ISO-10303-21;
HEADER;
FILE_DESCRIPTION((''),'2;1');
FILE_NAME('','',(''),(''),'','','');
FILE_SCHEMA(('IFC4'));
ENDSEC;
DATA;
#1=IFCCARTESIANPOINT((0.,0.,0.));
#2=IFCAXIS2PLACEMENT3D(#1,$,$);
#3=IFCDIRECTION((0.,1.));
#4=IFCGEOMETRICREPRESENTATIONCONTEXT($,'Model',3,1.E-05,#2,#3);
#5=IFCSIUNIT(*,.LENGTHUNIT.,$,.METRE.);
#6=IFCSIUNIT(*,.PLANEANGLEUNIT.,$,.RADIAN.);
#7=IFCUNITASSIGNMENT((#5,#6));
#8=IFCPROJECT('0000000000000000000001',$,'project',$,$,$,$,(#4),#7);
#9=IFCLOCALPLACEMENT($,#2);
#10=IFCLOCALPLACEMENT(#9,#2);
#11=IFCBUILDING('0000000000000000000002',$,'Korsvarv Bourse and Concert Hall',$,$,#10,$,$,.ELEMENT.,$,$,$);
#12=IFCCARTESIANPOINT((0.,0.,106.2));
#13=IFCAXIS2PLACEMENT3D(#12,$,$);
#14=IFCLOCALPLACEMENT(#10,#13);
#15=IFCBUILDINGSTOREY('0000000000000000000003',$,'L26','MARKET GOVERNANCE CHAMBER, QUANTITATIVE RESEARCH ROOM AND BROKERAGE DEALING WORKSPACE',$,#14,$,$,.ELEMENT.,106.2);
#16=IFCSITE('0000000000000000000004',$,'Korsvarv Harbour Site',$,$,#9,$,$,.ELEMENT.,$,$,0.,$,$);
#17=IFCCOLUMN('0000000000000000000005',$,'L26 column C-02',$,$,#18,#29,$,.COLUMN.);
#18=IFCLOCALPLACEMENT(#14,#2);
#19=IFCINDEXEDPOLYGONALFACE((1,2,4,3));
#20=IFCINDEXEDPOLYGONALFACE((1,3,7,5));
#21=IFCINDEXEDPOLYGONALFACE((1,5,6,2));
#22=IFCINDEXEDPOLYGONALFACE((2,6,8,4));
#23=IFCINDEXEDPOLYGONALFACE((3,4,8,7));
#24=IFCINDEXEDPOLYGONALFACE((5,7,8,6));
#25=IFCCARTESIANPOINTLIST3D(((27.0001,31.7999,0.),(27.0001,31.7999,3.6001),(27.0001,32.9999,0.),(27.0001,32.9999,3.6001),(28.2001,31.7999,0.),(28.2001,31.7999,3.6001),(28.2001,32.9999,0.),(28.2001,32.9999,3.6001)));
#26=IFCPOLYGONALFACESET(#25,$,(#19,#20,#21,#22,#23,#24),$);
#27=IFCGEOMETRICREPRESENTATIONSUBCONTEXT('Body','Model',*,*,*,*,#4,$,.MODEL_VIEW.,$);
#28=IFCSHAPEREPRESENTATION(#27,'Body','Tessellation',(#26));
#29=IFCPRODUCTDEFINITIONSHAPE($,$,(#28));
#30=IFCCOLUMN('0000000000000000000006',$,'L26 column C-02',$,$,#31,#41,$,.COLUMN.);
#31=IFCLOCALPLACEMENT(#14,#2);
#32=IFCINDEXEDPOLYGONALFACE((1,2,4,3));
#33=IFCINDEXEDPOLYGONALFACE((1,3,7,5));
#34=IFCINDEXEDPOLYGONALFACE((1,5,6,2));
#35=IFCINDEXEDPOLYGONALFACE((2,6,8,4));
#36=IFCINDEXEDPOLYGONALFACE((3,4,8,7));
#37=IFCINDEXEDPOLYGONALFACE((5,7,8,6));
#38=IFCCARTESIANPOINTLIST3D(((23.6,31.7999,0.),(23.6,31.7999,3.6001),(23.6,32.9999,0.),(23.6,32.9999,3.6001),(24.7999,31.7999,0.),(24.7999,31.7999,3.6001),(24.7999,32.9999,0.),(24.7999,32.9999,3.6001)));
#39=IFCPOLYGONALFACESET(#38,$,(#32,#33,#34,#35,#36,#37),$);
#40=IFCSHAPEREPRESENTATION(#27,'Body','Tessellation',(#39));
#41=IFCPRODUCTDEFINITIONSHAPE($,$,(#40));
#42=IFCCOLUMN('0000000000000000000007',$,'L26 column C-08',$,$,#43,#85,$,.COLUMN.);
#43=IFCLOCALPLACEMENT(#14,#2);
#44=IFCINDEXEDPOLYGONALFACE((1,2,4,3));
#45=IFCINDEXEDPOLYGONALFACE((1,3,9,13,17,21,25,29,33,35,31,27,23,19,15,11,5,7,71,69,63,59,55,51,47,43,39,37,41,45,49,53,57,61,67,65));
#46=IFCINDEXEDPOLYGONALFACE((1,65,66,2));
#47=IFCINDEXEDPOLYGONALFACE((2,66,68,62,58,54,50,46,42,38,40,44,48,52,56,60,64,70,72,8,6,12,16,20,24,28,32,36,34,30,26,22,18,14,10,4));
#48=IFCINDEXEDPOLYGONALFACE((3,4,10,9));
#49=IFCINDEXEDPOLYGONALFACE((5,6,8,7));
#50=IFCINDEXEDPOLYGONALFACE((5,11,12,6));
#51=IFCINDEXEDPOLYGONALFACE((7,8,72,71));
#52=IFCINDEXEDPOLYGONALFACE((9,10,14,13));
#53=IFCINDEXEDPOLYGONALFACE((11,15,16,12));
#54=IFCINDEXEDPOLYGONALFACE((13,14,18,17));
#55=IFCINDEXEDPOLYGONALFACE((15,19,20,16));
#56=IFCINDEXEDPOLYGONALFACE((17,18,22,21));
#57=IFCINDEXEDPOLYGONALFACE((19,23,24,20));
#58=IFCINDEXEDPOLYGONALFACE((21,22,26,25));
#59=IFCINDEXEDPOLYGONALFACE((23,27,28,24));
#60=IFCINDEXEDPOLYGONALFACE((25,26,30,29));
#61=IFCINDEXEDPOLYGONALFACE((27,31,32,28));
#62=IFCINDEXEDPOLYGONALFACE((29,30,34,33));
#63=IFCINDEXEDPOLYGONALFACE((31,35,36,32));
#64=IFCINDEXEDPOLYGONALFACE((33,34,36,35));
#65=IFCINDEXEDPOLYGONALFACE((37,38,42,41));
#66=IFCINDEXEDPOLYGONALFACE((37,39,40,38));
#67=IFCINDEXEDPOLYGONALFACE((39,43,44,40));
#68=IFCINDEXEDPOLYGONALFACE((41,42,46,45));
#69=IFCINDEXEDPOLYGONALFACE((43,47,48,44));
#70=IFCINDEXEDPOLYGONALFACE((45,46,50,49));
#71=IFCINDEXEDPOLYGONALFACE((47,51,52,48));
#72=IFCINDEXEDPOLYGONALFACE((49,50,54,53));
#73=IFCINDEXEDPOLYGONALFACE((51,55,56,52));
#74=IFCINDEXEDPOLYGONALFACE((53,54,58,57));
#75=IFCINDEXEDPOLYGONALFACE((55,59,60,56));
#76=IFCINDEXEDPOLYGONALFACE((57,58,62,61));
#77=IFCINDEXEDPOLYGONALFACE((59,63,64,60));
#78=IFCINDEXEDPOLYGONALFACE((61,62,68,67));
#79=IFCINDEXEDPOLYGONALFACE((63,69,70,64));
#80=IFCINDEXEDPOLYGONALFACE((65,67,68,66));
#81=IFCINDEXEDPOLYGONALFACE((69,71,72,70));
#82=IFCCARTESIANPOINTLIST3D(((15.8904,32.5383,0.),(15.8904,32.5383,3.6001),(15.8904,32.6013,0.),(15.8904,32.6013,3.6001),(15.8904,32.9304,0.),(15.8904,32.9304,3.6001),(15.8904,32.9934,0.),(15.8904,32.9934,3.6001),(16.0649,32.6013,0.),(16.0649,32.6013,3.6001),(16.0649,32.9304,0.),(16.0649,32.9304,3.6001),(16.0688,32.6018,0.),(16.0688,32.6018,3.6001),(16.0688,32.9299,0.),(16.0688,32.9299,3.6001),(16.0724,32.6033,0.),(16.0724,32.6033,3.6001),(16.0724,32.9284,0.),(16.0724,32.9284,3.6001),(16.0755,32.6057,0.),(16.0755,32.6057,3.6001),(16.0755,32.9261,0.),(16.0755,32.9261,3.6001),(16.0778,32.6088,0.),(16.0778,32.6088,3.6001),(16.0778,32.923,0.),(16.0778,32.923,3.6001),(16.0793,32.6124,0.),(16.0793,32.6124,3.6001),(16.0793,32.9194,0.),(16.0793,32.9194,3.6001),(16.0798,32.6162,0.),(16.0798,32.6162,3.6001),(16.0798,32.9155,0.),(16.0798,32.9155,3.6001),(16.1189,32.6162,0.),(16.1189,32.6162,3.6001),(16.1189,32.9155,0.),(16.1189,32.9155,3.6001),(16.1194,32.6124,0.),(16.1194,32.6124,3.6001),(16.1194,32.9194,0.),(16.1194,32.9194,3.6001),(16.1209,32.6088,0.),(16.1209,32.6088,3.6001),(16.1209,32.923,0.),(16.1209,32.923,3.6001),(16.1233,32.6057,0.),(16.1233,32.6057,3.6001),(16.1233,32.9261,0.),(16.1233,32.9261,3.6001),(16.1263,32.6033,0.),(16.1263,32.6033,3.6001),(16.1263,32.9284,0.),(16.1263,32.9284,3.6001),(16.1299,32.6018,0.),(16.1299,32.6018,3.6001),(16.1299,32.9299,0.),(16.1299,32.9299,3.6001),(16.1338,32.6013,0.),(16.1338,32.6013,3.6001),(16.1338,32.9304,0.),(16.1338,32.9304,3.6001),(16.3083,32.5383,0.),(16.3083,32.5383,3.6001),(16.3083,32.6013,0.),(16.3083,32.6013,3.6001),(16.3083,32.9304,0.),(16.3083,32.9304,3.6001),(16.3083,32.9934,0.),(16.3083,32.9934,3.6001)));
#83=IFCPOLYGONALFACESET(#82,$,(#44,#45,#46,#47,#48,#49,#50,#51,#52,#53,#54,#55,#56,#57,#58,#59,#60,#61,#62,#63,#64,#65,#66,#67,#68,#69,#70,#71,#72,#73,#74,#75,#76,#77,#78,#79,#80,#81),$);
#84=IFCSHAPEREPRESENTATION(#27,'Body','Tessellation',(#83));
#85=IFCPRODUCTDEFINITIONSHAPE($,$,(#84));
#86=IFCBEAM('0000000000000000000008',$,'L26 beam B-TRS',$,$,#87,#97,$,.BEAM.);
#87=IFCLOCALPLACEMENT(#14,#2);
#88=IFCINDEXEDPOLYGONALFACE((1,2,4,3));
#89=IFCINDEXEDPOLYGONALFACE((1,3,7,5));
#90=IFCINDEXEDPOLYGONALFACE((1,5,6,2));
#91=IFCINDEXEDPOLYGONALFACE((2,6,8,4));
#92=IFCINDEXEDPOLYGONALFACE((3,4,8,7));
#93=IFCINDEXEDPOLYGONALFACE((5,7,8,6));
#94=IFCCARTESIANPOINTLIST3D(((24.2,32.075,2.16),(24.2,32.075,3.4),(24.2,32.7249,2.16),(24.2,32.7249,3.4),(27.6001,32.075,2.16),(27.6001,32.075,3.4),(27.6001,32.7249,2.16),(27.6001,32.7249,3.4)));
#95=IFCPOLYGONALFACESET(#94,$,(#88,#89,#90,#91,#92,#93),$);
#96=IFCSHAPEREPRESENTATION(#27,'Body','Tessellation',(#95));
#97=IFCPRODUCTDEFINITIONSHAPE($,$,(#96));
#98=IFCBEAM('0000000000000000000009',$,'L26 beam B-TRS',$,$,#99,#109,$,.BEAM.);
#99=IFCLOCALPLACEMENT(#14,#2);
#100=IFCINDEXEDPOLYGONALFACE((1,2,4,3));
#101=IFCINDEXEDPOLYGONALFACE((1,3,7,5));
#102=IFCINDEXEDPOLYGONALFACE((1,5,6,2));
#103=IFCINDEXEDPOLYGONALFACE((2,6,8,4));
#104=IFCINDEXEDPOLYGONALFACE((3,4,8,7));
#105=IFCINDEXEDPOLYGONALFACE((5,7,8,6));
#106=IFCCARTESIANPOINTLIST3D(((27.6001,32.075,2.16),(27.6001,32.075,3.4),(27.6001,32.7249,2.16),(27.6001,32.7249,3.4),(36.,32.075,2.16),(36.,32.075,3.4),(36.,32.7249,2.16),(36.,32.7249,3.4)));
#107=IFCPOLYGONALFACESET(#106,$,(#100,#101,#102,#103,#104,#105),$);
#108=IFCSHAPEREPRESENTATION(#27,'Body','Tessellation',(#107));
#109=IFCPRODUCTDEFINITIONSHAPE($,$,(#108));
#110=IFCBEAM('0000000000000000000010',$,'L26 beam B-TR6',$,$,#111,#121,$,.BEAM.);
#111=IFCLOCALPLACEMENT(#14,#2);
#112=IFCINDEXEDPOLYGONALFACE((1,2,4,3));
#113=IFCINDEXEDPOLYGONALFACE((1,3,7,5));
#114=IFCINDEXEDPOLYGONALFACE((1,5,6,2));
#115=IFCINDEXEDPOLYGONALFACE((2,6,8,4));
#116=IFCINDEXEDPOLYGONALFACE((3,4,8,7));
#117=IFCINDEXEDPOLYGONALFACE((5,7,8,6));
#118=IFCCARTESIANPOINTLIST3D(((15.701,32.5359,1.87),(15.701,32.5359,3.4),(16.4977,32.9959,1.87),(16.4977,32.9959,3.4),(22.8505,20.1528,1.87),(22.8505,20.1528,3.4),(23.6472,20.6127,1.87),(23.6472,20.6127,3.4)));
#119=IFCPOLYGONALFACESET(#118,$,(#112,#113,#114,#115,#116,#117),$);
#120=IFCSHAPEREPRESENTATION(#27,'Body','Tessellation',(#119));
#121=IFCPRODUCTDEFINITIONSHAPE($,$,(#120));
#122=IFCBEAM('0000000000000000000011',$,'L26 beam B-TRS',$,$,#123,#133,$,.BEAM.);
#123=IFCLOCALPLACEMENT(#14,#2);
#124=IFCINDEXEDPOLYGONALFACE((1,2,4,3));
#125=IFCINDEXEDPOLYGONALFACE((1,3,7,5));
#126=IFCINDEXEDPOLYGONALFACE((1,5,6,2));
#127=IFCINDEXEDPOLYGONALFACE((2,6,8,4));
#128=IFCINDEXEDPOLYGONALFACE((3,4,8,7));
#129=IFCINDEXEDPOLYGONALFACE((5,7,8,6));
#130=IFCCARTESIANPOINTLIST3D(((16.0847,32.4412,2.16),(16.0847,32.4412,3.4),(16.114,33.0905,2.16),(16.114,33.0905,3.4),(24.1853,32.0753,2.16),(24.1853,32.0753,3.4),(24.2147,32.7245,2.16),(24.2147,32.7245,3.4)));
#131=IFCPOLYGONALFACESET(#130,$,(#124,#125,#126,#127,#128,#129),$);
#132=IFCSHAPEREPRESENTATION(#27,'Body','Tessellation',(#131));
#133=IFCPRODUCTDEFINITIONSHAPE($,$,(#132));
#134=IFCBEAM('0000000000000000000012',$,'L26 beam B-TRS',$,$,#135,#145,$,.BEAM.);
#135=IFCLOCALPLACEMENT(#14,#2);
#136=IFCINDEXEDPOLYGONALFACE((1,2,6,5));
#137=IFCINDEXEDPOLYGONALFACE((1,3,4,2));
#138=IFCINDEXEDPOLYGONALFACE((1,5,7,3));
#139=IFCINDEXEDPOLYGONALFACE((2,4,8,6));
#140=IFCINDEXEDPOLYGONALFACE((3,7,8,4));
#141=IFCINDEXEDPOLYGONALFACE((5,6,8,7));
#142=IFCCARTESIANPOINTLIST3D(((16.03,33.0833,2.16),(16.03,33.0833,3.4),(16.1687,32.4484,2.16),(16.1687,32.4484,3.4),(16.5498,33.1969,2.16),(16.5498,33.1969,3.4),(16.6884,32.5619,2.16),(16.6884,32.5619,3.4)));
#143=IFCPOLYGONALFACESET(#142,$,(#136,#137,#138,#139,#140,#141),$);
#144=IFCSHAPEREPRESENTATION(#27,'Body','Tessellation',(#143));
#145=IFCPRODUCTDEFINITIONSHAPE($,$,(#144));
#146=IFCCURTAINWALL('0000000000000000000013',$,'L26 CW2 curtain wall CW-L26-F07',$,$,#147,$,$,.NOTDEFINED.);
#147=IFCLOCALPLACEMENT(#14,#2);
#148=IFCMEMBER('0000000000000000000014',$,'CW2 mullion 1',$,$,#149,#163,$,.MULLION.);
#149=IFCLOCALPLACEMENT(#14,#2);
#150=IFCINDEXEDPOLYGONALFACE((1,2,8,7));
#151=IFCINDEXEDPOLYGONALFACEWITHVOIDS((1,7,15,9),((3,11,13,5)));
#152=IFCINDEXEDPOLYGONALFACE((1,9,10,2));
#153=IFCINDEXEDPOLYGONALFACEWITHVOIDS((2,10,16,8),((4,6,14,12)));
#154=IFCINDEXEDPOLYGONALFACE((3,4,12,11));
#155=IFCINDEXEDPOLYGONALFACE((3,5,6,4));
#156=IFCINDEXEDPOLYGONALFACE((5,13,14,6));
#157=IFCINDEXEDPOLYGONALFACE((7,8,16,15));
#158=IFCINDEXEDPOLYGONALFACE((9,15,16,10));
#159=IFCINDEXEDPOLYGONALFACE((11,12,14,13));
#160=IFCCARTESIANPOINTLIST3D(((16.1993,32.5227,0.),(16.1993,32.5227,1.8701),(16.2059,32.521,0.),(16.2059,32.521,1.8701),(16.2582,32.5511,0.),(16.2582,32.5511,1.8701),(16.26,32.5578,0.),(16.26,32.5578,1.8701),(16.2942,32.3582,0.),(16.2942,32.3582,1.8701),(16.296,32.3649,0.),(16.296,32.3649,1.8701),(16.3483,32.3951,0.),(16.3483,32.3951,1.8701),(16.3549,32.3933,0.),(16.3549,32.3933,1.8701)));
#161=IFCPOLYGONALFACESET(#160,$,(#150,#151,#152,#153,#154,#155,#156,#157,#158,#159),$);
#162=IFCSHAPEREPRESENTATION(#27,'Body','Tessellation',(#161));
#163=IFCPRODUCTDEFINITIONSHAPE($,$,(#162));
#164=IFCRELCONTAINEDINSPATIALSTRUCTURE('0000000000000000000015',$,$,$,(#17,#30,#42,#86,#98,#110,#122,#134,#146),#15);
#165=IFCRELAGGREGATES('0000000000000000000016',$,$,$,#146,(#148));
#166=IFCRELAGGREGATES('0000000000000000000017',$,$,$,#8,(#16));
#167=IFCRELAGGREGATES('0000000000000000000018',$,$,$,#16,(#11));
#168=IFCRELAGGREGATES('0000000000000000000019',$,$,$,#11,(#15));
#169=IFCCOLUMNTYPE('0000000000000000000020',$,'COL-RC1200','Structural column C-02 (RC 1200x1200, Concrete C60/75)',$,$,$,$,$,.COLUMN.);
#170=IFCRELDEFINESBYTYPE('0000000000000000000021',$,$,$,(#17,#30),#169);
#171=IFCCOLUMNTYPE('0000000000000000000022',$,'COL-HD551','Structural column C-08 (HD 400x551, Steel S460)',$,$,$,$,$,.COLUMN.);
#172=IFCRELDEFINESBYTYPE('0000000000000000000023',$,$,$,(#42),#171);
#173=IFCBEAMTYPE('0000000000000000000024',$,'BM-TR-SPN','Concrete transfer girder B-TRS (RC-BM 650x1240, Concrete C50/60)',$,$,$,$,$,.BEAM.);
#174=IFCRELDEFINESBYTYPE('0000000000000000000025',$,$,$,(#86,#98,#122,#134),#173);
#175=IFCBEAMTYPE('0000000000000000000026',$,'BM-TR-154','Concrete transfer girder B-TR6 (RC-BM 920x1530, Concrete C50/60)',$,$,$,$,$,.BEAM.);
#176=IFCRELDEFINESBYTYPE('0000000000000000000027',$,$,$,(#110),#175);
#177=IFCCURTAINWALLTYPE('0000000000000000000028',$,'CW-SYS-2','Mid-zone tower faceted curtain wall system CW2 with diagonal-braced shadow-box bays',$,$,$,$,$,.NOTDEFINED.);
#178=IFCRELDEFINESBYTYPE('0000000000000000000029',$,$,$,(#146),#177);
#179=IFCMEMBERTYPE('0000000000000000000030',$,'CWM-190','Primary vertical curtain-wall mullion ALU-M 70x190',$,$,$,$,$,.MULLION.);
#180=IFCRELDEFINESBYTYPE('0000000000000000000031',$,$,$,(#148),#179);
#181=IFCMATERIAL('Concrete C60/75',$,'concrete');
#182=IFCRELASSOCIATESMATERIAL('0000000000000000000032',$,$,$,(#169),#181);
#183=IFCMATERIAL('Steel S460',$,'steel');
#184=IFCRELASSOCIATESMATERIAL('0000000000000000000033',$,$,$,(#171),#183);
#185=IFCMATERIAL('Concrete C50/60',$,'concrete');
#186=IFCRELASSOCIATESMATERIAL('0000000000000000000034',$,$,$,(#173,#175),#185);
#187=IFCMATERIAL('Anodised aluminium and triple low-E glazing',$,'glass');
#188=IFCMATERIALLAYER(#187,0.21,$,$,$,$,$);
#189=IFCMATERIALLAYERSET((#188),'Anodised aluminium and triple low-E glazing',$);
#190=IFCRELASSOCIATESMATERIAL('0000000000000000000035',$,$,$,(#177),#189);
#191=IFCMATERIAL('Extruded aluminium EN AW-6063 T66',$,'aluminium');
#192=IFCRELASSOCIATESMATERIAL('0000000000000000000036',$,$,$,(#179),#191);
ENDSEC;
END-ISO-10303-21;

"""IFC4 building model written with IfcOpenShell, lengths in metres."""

from ifc_helpers import new_model, si_unit, direction, frame, origin, origin_2d, place, context, subcontext, project, spatial, rectangle, hollow_rectangle, i_section, extrude, source, transform, mapped, material, layer, layer_set, material_profile, profile_set, type_object, element, aggregate, save


model = new_model("IFC4")

# Units and contexts
model_context = context("Model", 3, precision=1e-05, world=origin(), true_north=direction((0.0, 1.0)))
body_context = subcontext(model_context, "Body", "Model", "MODEL_VIEW")
ifc_project = project(units=[si_unit("LENGTHUNIT", "METRE"), si_unit("PLANEANGLEUNIT", "RADIAN")], contexts=[model_context])

# Site, building, storey
site_placement = place(None, origin())
site = spatial("IfcSite", under=ifc_project, at=site_placement, Name="Korsvarv Harbour Site", CompositionType="ELEMENT", RefElevation=0.0)
building_placement = place(site_placement, origin())
building = spatial("IfcBuilding", under=site, at=building_placement, Name="Korsvarv Bourse and Concert Hall", CompositionType="ELEMENT")
storey_placement = place(building_placement, frame((0.0, 0.0, 106.2)))
storey = spatial("IfcBuildingStorey", under=building, at=storey_placement, Name="L26", Description="MARKET GOVERNANCE CHAMBER, QUANTITATIVE RESEARCH ROOM AND BROKERAGE DEALING WORKSPACE", CompositionType="ELEMENT", Elevation=106.2)

# Columns
ifc_material_1 = material(Name="Concrete C60/75", Category="concrete")
ifc_material_profile_1 = material_profile(ifc_material_1, rectangle(XDim=1.2, YDim=1.2, at=origin_2d()), Name="RC 1200x1200")
ifc_profile_set_1 = profile_set([ifc_material_profile_1], Name="Concrete C60/75")
column_type_1 = type_object("IfcColumnType", Name="COL-RC1200", Description="Structural column C-02 (RC 1200x1200, Concrete C60/75)", PredefinedType="COLUMN", material=ifc_profile_set_1)
shared_shape_1 = source(origin(), body_context, "Body", "SweptSolid", [
    extrude(rectangle(XDim=1.2, YDim=1.2, at=origin_2d()), origin(), (0.0, 0.0, 1.0), 3.6001),
])
for number, where, z_axis, x_axis, name in (
    (1, (27.6001, 32.3999, 0.0), (0.0, 0.0, 1.0), (1.0, 0.0, 0.0), "L26 column C-02"),
    (2, (24.2, 32.3999, 0.0), (0.0, 0.0, 1.0), (1.0, 0.0, 0.0), "L26 column C-02"),
):
    element("IfcColumn", number, at=place(storey_placement, frame(where, z_axis=z_axis, x_axis=x_axis)), inside=storey, type_object=column_type_1, Name=name, PredefinedType="COLUMN", context=body_context, shape_type="MappedRepresentation", body=[
        mapped(shared_shape_1, transform((0.0, 0.0, 0.0), scale=1.0)),
    ])
ifc_material_2 = material(Name="Steel S460", Category="steel")
ifc_material_profile_2 = material_profile(ifc_material_2, i_section(OverallWidth=0.418, OverallDepth=0.4551, WebThickness=0.0391, FlangeThickness=0.063, FilletRadius=0.0149, at=origin_2d()), Name="HD 400x551")
ifc_profile_set_2 = profile_set([ifc_material_profile_2], Name="Steel S460")
column_type_2 = type_object("IfcColumnType", Name="COL-HD551", Description="Structural column C-08 (HD 400x551, Steel S460)", PredefinedType="COLUMN", material=ifc_profile_set_2)
shared_shape_2 = source(origin(), body_context, "Body", "SweptSolid", [
    extrude(i_section(OverallWidth=0.418, OverallDepth=0.4551, WebThickness=0.0391, FlangeThickness=0.063, FilletRadius=0.0149, at=origin_2d()), origin(), (0.0, 0.0, 1.0), 3.6001),
])
column_placement = place(storey_placement, frame((16.0994, 32.7659, 0.0), z_axis=(0.0, 0.0, 1.0), x_axis=(1.0, 0.0, 0.0)))
element("IfcColumn", 3, at=column_placement, inside=storey, type_object=column_type_2, Name="L26 column C-08", PredefinedType="COLUMN", context=body_context, shape_type="MappedRepresentation", body=[
    mapped(shared_shape_2, transform((0.0, 0.0, 0.0), scale=1.0)),
])

# Beams
ifc_material_3 = material(Name="Concrete C50/60", Category="concrete")
ifc_material_profile_3 = material_profile(ifc_material_3, rectangle(XDim=0.6499, YDim=1.24, at=origin_2d()), Name="RC-BM 650x1240")
ifc_profile_set_3 = profile_set([ifc_material_profile_3], Name="Concrete C50/60")
beam_type_1 = type_object("IfcBeamType", Name="BM-TR-SPN", Description="Concrete transfer girder B-TRS (RC-BM 650x1240, Concrete C50/60)", PredefinedType="BEAM", material=ifc_profile_set_3)
shared_shape_3 = source(origin(), body_context, "Body", "SweptSolid", [
    extrude(rectangle(XDim=0.6499, YDim=1.24, at=origin_2d()), origin(), (0.0, 0.0, 1.0), 3.4001),
])
beam_1_placement = place(storey_placement, frame((24.2, 32.3999, 2.78), z_axis=(1.0, 0.0, 0.0), x_axis=(0.0, 1.0, 0.0)))
element("IfcBeam", 4, at=beam_1_placement, inside=storey, type_object=beam_type_1, Name="L26 beam B-TRS", PredefinedType="BEAM", context=body_context, shape_type="MappedRepresentation", body=[
    mapped(shared_shape_3, transform((0.0, 0.0, 0.0), scale=1.0)),
])
shared_shape_4 = source(origin(), body_context, "Body", "SweptSolid", [
    extrude(rectangle(XDim=0.6499, YDim=1.24, at=origin_2d()), origin(), (0.0, 0.0, 1.0), 8.3999),
])
beam_2_placement = place(storey_placement, frame((27.6001, 32.3999, 2.78), z_axis=(1.0, 0.0, 0.0), x_axis=(0.0, 1.0, 0.0)))
element("IfcBeam", 5, at=beam_2_placement, inside=storey, type_object=beam_type_1, Name="L26 beam B-TRS", PredefinedType="BEAM", context=body_context, shape_type="MappedRepresentation", body=[
    mapped(shared_shape_4, transform((0.0, 0.0, 0.0), scale=1.0)),
])
ifc_material_profile_4 = material_profile(ifc_material_3, rectangle(XDim=0.9199, YDim=1.53, at=origin_2d()), Name="RC-BM 920x1530")
ifc_profile_set_4 = profile_set([ifc_material_profile_4], Name="Concrete C50/60")
beam_type_2 = type_object("IfcBeamType", Name="BM-TR-154", Description="Concrete transfer girder B-TR6 (RC-BM 920x1530, Concrete C50/60)", PredefinedType="BEAM", material=ifc_profile_set_4)
shared_shape_5 = source(origin(), body_context, "Body", "SweptSolid", [
    extrude(rectangle(XDim=0.9199, YDim=1.53, at=origin_2d()), origin(), (0.0, 0.0, 1.0), 14.2988),
])
beam_3_placement = place(storey_placement, frame((16.0994, 32.7659, 2.635), z_axis=(0.500003, -0.866024, 0.0), x_axis=(0.866024, 0.500003, 0.0)))
element("IfcBeam", 6, at=beam_3_placement, inside=storey, type_object=beam_type_2, Name="L26 beam B-TR6", PredefinedType="BEAM", context=body_context, shape_type="MappedRepresentation", body=[
    mapped(shared_shape_5, transform((0.0, 0.0, 0.0), scale=1.0)),
])
shared_shape_6 = source(origin(), body_context, "Body", "SweptSolid", [
    extrude(rectangle(XDim=0.6499, YDim=1.24, at=origin_2d()), origin(), (0.0, 0.0, 1.0), 8.1089),
])
beam_4_placement = place(storey_placement, frame((16.0994, 32.7659, 2.78), z_axis=(0.998981, -0.045132, 0.0), x_axis=(0.045132, 0.998981, 0.0)))
element("IfcBeam", 7, at=beam_4_placement, inside=storey, type_object=beam_type_1, Name="L26 beam B-TRS", PredefinedType="BEAM", context=body_context, shape_type="MappedRepresentation", body=[
    mapped(shared_shape_6, transform((0.0, 0.0, 0.0), scale=1.0)),
])
shared_shape_7 = source(origin(), body_context, "Body", "SweptSolid", [
    extrude(rectangle(XDim=0.6499, YDim=1.24, at=origin_2d()), origin(), (0.0, 0.0, 1.0), 0.532),
])
beam_5_placement = place(storey_placement, frame((16.0994, 32.7659, 2.78), z_axis=(0.976969, 0.213382, 0.0), x_axis=(-0.213382, 0.976969, 0.0)))
element("IfcBeam", 8, at=beam_5_placement, inside=storey, type_object=beam_type_1, Name="L26 beam B-TRS", PredefinedType="BEAM", context=body_context, shape_type="MappedRepresentation", body=[
    mapped(shared_shape_7, transform((0.0, 0.0, 0.0), scale=1.0)),
])

# Curtain wall, member
ifc_material_4 = material(Name="Anodised aluminium and triple low-E glazing", Category="glass")
ifc_layer_1 = layer(ifc_material_4, 0.21)
ifc_layer_set_1 = layer_set([ifc_layer_1], Name="Anodised aluminium and triple low-E glazing")
curtain_wall_type = type_object("IfcCurtainWallType", Name="CW-SYS-2", Description="Mid-zone tower faceted curtain wall system CW2 with diagonal-braced shadow-box bays", PredefinedType="NOTDEFINED", material=ifc_layer_set_1)
curtain_wall_placement = place(storey_placement, origin())
curtain_wall = element("IfcCurtainWall", 9, at=curtain_wall_placement, inside=storey, type_object=curtain_wall_type, Name="L26 CW2 curtain wall CW-L26-F07", PredefinedType="NOTDEFINED")
ifc_material_5 = material(Name="Extruded aluminium EN AW-6063 T66", Category="aluminium")
ifc_material_profile_5 = material_profile(ifc_material_5, hollow_rectangle(XDim=0.0701, YDim=0.1899, WallThickness=0.0049, at=origin_2d()), Name="ALU-M 70x190")
ifc_profile_set_5 = profile_set([ifc_material_profile_5], Name="Extruded aluminium EN AW-6063 T66")
member_type_1 = type_object("IfcMemberType", Name="CWM-190", Description="Primary vertical curtain-wall mullion ALU-M 70x190", PredefinedType="MULLION", material=ifc_profile_set_5)
shared_shape_8 = source(origin(), body_context, "Body", "SweptSolid", [
    extrude(hollow_rectangle(XDim=0.0701, YDim=0.1899, WallThickness=0.0049, at=origin_2d()), origin(), (0.0, 0.0, 1.0), 1.8701),
])
member_1_placement = place(storey_placement, frame((16.2771, 32.458, 0.0), z_axis=(0.0, 0.0, 1.0), x_axis=(0.866024, 0.500002, 0.0)))
member_1 = element("IfcMember", 10, at=member_1_placement, type_object=member_type_1, Name="CW2 mullion 1", PredefinedType="MULLION", context=body_context, shape_type="MappedRepresentation", body=[
    mapped(shared_shape_8, transform((0.0, 0.0, 0.0), scale=1.0)),
])
aggregate(curtain_wall, [member_1])

save(model, "model.ifc")
